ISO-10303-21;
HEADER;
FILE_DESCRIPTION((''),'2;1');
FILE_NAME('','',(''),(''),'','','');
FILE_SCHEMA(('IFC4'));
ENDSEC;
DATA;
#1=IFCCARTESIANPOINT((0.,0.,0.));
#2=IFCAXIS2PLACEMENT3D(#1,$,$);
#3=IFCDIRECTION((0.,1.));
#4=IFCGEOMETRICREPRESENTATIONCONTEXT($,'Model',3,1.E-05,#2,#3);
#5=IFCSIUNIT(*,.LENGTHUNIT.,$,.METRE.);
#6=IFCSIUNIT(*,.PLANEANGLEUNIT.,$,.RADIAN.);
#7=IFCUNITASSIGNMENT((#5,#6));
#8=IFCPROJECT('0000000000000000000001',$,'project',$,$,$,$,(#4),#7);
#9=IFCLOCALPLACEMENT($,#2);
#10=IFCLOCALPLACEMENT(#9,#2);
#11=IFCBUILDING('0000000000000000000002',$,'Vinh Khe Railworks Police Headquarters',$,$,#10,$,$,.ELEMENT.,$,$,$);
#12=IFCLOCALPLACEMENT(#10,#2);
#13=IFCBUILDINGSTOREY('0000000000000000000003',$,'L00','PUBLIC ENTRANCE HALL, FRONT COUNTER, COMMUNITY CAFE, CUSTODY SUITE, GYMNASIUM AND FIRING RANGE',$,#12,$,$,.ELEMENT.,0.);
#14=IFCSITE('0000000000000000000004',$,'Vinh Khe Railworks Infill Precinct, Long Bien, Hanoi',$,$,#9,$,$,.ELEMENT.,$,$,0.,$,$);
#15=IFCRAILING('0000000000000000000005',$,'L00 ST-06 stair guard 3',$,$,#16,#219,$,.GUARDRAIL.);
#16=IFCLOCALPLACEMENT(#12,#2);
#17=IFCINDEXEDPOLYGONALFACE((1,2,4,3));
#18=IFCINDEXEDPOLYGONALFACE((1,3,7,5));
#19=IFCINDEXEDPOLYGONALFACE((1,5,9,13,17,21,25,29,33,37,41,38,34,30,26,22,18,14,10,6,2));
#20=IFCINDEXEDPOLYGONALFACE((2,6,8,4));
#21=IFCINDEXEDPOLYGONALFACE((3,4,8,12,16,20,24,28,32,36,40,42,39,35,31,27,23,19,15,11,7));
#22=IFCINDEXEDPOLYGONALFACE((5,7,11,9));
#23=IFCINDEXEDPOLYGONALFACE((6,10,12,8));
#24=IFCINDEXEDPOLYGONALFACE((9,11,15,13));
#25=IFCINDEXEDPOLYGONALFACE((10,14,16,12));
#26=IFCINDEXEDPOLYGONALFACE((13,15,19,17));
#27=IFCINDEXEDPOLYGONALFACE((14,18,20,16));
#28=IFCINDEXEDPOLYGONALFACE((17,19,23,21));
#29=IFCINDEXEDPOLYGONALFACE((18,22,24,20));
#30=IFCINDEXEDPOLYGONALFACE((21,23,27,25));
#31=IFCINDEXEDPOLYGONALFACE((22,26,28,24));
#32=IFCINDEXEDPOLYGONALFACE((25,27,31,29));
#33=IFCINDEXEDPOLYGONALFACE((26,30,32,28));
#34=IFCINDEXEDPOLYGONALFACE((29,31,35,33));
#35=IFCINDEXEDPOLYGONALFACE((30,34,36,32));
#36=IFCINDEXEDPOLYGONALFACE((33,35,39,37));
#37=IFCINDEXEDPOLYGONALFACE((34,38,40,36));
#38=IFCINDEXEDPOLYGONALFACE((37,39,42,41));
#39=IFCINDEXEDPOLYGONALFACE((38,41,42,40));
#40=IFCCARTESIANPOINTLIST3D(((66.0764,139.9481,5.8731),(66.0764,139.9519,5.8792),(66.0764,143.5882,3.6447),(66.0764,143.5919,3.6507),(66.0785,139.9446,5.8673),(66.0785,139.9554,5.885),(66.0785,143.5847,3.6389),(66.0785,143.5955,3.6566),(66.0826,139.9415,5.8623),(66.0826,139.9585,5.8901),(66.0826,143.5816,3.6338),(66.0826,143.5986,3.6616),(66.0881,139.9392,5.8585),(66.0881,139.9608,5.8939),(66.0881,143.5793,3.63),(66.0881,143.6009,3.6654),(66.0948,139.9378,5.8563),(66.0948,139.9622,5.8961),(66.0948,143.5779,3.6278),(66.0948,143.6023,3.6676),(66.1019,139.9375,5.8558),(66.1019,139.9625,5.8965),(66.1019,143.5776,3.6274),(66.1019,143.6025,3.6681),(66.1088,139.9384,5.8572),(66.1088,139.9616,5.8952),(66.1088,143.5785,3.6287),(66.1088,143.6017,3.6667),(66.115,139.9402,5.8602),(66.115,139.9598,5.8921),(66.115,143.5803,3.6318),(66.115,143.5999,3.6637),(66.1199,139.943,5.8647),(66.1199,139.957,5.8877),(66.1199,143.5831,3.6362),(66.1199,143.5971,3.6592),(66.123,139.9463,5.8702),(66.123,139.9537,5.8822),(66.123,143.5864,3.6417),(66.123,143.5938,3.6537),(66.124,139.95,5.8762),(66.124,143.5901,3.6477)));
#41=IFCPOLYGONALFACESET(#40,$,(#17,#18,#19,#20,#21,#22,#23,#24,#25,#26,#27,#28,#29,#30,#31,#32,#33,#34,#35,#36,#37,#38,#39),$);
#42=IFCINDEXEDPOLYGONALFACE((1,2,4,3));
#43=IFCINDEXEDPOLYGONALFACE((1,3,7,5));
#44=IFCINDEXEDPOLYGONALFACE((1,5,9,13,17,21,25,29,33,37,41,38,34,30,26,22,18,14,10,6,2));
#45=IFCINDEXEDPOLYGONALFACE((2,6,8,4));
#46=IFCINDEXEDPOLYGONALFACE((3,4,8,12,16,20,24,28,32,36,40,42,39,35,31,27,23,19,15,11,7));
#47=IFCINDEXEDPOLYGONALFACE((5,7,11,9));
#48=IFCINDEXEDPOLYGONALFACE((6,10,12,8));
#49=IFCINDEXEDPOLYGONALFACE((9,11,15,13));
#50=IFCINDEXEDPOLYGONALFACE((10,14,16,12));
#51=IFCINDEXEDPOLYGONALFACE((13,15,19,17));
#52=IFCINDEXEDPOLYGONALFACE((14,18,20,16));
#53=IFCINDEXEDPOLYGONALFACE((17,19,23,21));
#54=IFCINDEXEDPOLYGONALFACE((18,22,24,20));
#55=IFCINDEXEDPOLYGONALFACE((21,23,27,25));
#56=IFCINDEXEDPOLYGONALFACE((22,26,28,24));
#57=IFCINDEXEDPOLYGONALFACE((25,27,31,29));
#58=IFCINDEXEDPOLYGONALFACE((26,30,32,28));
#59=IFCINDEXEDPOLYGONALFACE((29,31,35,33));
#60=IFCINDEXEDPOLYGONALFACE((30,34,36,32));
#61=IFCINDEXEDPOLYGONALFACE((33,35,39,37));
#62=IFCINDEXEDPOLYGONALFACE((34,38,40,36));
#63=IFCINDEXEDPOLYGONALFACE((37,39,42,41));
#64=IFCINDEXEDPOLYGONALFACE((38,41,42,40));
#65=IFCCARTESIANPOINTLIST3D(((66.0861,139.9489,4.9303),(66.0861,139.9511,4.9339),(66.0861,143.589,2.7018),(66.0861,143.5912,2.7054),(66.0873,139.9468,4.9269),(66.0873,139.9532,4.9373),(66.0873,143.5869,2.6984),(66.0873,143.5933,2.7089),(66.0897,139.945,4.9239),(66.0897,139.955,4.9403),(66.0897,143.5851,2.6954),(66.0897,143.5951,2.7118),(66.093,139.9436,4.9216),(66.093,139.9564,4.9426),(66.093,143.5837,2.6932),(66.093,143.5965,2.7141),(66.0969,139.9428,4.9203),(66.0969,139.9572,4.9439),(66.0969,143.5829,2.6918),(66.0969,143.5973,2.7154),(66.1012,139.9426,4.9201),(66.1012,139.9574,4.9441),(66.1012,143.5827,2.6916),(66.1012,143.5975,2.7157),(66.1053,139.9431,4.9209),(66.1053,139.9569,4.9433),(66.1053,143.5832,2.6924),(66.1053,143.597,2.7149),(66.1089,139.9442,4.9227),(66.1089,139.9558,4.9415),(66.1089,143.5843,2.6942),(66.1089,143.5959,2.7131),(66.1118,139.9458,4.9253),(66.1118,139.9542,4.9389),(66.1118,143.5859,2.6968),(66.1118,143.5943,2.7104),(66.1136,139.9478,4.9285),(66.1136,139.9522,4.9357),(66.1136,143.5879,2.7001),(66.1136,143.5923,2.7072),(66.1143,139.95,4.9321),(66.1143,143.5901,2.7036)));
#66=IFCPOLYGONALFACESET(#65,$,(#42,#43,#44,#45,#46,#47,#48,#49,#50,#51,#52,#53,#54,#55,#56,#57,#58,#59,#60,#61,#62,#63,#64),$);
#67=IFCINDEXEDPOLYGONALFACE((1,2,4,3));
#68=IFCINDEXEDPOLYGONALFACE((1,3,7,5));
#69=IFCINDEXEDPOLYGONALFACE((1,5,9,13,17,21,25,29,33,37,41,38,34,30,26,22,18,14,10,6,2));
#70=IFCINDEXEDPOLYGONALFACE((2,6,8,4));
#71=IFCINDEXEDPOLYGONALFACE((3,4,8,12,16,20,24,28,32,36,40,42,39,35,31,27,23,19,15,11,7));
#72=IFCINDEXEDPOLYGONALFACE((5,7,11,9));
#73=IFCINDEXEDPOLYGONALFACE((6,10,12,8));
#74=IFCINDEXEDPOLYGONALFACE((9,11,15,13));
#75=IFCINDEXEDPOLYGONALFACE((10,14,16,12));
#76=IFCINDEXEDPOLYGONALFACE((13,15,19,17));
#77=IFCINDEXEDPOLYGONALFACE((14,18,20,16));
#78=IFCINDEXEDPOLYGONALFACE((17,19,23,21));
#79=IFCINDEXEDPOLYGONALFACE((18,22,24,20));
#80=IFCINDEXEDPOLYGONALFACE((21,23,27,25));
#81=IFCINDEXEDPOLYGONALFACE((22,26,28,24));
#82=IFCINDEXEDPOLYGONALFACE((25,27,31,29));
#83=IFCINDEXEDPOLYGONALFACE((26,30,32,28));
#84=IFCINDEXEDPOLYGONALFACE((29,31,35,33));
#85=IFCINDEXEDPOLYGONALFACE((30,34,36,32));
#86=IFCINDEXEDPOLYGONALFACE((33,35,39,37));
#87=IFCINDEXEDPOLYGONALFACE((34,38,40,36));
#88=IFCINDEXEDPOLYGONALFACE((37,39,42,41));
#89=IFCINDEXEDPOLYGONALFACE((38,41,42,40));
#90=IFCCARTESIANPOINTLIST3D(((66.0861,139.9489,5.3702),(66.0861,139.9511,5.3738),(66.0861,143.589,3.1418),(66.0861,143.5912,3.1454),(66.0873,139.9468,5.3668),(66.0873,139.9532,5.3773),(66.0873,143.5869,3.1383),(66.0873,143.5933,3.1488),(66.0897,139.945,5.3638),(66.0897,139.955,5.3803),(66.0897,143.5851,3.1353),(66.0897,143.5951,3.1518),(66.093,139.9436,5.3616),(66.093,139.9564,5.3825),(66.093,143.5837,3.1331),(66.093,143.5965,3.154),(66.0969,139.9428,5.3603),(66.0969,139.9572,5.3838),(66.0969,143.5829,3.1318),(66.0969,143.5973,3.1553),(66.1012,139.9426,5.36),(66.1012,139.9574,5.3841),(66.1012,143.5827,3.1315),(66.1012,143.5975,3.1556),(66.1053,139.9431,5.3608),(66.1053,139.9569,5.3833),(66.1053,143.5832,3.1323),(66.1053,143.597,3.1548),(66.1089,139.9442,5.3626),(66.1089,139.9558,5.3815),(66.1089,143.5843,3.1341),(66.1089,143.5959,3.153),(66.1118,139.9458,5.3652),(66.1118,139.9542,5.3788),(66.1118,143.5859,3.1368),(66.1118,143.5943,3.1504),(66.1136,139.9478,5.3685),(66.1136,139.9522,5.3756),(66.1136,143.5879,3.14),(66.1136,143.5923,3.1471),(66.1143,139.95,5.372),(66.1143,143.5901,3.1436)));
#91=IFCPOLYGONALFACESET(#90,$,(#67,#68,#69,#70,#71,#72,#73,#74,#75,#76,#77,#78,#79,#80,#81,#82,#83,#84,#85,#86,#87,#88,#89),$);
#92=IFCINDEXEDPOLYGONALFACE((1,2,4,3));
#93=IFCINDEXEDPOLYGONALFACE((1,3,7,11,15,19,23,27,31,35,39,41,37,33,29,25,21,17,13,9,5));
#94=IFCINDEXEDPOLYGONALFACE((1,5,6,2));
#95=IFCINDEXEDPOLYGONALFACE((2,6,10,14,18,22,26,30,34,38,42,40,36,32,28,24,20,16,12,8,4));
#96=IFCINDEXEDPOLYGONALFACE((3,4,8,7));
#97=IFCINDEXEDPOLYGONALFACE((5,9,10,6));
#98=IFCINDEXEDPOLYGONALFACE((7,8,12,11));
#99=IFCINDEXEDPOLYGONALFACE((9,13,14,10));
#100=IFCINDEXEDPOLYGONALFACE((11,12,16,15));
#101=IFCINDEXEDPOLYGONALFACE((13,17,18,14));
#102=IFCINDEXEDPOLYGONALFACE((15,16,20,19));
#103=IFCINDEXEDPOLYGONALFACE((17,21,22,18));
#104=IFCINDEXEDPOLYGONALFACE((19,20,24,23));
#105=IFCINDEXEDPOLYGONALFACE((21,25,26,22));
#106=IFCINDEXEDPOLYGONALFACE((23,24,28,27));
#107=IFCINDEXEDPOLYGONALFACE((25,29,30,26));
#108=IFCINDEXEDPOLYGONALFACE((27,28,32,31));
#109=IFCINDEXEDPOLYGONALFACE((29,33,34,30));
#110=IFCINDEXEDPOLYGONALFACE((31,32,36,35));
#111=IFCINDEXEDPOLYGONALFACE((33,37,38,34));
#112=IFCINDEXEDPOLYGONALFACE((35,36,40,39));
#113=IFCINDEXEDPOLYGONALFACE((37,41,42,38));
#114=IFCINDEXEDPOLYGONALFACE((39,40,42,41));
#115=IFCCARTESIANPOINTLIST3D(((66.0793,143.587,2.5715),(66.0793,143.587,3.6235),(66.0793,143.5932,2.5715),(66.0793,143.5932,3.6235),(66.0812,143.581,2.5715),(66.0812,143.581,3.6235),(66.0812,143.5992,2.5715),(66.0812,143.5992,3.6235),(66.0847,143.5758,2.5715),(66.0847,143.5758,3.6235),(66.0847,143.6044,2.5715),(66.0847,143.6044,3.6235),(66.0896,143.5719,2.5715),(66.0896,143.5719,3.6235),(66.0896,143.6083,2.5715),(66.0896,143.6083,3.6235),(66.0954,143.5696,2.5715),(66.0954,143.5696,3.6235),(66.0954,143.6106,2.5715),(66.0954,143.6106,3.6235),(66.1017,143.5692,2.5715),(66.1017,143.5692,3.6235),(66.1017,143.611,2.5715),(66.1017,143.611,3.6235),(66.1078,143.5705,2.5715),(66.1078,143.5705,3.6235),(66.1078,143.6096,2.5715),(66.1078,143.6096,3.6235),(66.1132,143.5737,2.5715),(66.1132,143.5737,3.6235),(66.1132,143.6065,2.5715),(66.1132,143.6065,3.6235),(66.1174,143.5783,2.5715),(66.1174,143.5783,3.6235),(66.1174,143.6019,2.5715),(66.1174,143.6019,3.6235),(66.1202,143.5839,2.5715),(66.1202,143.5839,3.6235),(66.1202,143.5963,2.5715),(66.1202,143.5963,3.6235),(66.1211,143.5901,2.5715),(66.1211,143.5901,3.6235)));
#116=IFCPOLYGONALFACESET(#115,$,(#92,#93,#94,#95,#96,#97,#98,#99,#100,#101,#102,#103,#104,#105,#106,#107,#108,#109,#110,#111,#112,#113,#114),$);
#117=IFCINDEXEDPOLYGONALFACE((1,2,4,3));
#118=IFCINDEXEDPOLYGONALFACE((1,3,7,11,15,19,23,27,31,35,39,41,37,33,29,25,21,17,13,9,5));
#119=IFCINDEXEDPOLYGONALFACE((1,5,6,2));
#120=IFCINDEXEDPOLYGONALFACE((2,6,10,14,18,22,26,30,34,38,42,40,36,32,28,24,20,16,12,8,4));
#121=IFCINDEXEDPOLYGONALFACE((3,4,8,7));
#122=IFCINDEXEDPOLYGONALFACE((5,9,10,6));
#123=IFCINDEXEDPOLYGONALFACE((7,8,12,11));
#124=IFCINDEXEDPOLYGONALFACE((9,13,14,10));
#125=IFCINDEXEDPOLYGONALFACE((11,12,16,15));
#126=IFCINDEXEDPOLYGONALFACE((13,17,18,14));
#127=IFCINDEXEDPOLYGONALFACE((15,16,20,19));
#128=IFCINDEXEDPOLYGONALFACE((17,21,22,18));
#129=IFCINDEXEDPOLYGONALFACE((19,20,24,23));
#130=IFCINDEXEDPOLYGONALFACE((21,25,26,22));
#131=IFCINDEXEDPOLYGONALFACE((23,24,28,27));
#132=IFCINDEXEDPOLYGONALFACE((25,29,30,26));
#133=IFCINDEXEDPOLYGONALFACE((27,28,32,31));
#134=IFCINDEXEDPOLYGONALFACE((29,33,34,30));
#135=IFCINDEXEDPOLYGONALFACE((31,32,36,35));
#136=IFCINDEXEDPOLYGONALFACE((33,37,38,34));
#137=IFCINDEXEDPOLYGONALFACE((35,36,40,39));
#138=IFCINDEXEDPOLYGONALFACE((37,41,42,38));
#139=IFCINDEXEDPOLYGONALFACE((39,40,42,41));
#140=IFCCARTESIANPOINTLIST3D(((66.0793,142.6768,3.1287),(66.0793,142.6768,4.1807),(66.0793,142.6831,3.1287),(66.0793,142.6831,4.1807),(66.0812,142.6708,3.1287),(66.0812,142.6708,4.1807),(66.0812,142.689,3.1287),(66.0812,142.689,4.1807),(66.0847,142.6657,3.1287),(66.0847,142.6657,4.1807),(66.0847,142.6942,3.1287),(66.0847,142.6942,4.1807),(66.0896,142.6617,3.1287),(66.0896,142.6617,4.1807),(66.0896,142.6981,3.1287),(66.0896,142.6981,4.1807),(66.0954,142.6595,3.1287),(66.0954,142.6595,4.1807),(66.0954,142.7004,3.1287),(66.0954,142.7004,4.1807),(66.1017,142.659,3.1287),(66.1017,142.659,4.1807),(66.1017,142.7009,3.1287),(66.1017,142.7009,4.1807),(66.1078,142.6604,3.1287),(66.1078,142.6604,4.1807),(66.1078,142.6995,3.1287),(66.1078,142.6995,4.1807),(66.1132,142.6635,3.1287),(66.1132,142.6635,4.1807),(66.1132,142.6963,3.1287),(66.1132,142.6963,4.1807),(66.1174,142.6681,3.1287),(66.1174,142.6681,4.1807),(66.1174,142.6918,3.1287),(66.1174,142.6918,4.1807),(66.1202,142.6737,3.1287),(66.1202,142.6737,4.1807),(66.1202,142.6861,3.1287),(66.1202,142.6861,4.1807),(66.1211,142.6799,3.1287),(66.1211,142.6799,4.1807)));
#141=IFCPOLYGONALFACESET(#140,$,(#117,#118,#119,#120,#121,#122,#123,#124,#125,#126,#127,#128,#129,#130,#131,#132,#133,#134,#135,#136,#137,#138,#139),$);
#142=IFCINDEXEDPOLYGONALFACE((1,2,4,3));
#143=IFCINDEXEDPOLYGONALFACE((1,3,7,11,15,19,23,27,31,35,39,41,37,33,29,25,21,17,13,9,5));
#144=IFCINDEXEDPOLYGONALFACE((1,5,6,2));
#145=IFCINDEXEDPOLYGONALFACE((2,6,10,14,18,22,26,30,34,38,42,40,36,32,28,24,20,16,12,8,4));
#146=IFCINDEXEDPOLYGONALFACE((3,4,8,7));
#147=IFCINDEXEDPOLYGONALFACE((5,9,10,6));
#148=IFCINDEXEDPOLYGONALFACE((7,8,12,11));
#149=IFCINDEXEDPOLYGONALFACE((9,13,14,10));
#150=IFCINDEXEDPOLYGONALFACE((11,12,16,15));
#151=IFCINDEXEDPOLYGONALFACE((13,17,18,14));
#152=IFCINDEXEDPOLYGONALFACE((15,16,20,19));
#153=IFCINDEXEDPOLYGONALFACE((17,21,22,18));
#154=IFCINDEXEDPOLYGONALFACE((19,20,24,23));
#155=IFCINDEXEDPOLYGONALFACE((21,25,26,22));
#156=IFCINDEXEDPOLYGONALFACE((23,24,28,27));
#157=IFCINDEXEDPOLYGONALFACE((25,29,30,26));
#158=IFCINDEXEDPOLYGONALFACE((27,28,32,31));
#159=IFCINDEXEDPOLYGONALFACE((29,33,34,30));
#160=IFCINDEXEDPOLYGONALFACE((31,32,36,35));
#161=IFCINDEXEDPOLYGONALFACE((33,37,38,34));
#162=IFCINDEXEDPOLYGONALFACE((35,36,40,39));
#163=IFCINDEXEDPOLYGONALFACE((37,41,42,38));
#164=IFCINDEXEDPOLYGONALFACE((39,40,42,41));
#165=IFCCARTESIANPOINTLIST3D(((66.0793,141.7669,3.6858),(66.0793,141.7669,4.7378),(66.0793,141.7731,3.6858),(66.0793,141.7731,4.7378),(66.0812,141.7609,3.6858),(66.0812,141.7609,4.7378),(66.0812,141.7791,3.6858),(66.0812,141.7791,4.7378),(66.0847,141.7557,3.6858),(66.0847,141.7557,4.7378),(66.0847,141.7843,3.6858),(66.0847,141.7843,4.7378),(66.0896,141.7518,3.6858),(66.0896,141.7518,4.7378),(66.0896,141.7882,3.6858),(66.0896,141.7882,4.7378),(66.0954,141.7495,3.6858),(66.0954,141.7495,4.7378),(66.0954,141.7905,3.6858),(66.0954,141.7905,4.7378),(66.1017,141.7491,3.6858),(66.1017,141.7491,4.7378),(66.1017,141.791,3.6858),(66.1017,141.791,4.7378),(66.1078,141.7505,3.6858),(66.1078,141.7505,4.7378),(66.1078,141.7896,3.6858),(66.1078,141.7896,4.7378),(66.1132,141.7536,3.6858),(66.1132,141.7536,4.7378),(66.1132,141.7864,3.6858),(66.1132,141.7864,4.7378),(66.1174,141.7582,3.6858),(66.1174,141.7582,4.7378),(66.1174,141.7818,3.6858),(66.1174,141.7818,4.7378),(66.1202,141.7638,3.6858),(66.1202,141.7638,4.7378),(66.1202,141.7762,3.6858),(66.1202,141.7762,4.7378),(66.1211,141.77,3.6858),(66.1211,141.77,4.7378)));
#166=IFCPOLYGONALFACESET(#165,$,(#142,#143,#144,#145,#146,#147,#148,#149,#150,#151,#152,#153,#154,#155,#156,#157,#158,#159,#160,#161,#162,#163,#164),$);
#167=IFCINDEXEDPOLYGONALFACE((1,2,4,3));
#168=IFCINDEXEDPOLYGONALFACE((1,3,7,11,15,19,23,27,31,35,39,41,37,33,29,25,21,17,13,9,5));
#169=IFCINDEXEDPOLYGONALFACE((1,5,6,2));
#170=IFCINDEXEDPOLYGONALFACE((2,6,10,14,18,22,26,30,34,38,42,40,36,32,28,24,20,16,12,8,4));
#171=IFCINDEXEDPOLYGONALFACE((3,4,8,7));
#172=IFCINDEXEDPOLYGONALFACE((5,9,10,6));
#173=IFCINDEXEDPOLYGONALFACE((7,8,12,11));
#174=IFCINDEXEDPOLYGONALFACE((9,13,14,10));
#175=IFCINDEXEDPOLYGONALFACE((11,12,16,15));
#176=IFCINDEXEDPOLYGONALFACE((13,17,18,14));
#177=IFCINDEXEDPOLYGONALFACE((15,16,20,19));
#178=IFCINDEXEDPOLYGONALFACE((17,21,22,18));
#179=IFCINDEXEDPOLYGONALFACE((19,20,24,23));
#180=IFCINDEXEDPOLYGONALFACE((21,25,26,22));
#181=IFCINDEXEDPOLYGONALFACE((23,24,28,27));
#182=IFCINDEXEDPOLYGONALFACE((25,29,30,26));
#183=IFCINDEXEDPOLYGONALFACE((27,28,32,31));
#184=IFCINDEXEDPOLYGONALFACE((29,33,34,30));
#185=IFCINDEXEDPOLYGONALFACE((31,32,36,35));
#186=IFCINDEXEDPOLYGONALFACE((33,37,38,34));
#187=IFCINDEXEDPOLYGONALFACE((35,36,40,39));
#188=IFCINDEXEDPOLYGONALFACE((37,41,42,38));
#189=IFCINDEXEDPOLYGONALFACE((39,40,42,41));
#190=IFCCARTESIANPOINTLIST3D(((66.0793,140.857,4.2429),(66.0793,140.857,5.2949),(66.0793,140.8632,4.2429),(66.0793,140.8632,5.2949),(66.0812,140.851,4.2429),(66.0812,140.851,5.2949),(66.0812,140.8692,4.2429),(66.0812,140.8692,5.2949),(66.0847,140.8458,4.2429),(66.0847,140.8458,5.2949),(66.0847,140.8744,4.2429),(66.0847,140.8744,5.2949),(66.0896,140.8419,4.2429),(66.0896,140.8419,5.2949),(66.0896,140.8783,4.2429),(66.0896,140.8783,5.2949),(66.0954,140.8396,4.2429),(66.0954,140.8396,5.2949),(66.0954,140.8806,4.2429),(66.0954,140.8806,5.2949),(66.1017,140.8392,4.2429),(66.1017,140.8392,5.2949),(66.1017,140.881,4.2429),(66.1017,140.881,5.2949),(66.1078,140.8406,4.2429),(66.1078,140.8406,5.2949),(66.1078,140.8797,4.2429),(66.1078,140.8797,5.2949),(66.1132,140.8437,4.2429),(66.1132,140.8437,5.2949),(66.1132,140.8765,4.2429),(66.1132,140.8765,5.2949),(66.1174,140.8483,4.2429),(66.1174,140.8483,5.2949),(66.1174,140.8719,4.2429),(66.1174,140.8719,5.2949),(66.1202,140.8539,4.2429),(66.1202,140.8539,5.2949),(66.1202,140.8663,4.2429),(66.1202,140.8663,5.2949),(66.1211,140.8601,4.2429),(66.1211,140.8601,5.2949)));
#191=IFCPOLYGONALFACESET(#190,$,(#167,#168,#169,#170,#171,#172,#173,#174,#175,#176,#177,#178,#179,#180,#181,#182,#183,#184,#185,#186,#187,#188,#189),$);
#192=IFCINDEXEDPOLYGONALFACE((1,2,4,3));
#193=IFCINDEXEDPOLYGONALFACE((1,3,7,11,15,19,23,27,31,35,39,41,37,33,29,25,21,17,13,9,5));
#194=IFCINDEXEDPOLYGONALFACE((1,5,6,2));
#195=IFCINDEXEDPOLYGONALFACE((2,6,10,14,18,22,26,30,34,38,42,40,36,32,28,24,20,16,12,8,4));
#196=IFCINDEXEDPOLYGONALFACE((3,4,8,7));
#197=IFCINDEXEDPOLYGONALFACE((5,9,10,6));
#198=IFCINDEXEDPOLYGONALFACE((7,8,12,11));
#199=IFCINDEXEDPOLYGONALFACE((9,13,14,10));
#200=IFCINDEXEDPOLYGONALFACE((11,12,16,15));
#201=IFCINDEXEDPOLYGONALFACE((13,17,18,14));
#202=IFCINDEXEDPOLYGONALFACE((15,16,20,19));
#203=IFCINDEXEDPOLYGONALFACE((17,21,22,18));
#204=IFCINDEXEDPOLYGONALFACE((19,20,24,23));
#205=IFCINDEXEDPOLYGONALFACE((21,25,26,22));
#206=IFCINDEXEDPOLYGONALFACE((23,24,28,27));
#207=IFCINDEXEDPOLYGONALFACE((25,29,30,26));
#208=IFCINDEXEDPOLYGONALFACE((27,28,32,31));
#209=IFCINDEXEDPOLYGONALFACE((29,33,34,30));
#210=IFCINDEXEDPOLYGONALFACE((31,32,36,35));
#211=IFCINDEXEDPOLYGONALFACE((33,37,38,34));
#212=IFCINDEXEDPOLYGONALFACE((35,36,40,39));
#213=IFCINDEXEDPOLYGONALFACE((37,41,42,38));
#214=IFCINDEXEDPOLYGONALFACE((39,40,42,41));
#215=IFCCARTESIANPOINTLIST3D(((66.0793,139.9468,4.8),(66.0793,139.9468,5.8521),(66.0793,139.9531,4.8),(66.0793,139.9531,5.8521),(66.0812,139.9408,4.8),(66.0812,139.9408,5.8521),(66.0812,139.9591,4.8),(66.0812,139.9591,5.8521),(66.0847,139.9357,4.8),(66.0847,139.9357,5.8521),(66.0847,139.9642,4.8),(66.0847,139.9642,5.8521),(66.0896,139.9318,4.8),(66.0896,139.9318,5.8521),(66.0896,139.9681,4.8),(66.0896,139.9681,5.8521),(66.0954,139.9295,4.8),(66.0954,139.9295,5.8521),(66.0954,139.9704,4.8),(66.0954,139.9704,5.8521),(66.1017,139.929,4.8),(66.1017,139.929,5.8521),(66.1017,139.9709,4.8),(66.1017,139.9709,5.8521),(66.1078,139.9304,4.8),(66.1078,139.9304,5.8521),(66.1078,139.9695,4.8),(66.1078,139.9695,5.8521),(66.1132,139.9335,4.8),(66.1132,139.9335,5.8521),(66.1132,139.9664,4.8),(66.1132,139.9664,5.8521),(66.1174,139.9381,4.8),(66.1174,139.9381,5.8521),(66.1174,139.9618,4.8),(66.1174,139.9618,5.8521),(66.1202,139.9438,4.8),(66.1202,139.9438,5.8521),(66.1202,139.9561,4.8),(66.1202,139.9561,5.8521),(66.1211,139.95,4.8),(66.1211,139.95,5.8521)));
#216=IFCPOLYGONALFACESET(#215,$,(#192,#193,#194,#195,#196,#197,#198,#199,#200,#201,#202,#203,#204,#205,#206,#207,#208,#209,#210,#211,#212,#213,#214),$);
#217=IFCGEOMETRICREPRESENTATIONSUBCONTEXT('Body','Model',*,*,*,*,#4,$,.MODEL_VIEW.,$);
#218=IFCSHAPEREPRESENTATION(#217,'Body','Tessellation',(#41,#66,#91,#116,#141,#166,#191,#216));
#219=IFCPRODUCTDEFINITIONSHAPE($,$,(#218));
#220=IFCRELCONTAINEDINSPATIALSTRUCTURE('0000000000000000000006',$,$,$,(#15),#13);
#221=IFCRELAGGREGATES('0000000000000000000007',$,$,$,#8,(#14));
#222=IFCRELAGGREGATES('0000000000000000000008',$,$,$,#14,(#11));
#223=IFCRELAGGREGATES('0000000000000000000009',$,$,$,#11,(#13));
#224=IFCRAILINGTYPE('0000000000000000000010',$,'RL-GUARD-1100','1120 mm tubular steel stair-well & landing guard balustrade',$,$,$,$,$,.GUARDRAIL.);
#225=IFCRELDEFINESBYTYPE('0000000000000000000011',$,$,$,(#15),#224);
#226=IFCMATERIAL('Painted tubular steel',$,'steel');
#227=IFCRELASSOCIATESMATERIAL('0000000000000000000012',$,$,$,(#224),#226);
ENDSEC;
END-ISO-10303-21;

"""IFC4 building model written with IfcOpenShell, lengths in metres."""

from ifc_helpers import new_model, si_unit, direction, frame, origin, origin_2d, place, context, subcontext, project, spatial, circle, extrude, material, type_object, element, save


model = new_model("IFC4")

# Units and contexts
model_context = context("Model", 3, precision=1e-05, world=origin(), true_north=direction((0.0, 1.0)))
body_context = subcontext(model_context, "Body", "Model", "MODEL_VIEW")
ifc_project = project(units=[si_unit("LENGTHUNIT", "METRE"), si_unit("PLANEANGLEUNIT", "RADIAN")], contexts=[model_context])

# Site, building, storey
site_placement = place(None, origin())
site = spatial("IfcSite", under=ifc_project, at=site_placement, Name="Vinh Khe Railworks Infill Precinct, Long Bien, Hanoi", CompositionType="ELEMENT", RefElevation=0.0)
building_placement = place(site_placement, origin())
building = spatial("IfcBuilding", under=site, at=building_placement, Name="Vinh Khe Railworks Police Headquarters", CompositionType="ELEMENT")
storey_placement = place(building_placement, origin())
storey = spatial("IfcBuildingStorey", under=building, at=storey_placement, Name="L00", Description="PUBLIC ENTRANCE HALL, FRONT COUNTER, COMMUNITY CAFE, CUSTODY SUITE, GYMNASIUM AND FIRING RANGE", CompositionType="ELEMENT", Elevation=0.0)

# Railing
ifc_material_1 = material(Name="Painted tubular steel", Category="steel")
railing_type_1 = type_object("IfcRailingType", Name="RL-GUARD-1100", Description="1120 mm tubular steel stair-well & landing guard balustrade", PredefinedType="GUARDRAIL", material=ifc_material_1)
railing_1_placement = place(storey_placement, frame((66.1001, 143.5901, 2.5715)))
element("IfcRailing", 1, at=railing_1_placement, inside=storey, type_object=railing_type_1, Name="L00 ST-06 stair guard 3", PredefinedType="GUARDRAIL", context=body_context, shape_type="SweptSolid", body=[
    extrude(circle(Radius=0.0239, at=origin_2d()), frame((0.0, 0.0, 1.0762), z_axis=(0.0, -0.852866, 0.52213), x_axis=(1.0, 0.0, 0.0)), (0.0, 0.0, 1.0), 4.2681),
    extrude(circle(Radius=0.0142, at=origin_2d()), frame((0.0, 0.0, 0.1321), z_axis=(0.0, -0.852866, 0.52213), x_axis=(1.0, 0.0, 0.0)), (0.0, 0.0, 1.0), 4.2681),
    extrude(circle(Radius=0.0142, at=origin_2d()), frame((0.0, 0.0, 0.572), z_axis=(0.0, -0.852866, 0.52213), x_axis=(1.0, 0.0, 0.0)), (0.0, 0.0, 1.0), 4.2681),
    extrude(circle(Radius=0.021, at=origin_2d()), origin(), (0.0, 0.0, 1.0), 1.052),
    extrude(circle(Radius=0.021, at=origin_2d()), frame((0.0, -0.9102, 0.5571)), (0.0, 0.0, 1.0), 1.052),
    extrude(circle(Radius=0.021, at=origin_2d()), frame((0.0, -1.8201, 1.1143)), (0.0, 0.0, 1.0), 1.052),
    extrude(circle(Radius=0.021, at=origin_2d()), frame((0.0, -2.73, 1.6714)), (0.0, 0.0, 1.0), 1.052),
    extrude(circle(Radius=0.021, at=origin_2d()), frame((0.0, -3.6401, 2.2285)), (0.0, 0.0, 1.0), 1.052),
])

save(model, "model.ifc")
